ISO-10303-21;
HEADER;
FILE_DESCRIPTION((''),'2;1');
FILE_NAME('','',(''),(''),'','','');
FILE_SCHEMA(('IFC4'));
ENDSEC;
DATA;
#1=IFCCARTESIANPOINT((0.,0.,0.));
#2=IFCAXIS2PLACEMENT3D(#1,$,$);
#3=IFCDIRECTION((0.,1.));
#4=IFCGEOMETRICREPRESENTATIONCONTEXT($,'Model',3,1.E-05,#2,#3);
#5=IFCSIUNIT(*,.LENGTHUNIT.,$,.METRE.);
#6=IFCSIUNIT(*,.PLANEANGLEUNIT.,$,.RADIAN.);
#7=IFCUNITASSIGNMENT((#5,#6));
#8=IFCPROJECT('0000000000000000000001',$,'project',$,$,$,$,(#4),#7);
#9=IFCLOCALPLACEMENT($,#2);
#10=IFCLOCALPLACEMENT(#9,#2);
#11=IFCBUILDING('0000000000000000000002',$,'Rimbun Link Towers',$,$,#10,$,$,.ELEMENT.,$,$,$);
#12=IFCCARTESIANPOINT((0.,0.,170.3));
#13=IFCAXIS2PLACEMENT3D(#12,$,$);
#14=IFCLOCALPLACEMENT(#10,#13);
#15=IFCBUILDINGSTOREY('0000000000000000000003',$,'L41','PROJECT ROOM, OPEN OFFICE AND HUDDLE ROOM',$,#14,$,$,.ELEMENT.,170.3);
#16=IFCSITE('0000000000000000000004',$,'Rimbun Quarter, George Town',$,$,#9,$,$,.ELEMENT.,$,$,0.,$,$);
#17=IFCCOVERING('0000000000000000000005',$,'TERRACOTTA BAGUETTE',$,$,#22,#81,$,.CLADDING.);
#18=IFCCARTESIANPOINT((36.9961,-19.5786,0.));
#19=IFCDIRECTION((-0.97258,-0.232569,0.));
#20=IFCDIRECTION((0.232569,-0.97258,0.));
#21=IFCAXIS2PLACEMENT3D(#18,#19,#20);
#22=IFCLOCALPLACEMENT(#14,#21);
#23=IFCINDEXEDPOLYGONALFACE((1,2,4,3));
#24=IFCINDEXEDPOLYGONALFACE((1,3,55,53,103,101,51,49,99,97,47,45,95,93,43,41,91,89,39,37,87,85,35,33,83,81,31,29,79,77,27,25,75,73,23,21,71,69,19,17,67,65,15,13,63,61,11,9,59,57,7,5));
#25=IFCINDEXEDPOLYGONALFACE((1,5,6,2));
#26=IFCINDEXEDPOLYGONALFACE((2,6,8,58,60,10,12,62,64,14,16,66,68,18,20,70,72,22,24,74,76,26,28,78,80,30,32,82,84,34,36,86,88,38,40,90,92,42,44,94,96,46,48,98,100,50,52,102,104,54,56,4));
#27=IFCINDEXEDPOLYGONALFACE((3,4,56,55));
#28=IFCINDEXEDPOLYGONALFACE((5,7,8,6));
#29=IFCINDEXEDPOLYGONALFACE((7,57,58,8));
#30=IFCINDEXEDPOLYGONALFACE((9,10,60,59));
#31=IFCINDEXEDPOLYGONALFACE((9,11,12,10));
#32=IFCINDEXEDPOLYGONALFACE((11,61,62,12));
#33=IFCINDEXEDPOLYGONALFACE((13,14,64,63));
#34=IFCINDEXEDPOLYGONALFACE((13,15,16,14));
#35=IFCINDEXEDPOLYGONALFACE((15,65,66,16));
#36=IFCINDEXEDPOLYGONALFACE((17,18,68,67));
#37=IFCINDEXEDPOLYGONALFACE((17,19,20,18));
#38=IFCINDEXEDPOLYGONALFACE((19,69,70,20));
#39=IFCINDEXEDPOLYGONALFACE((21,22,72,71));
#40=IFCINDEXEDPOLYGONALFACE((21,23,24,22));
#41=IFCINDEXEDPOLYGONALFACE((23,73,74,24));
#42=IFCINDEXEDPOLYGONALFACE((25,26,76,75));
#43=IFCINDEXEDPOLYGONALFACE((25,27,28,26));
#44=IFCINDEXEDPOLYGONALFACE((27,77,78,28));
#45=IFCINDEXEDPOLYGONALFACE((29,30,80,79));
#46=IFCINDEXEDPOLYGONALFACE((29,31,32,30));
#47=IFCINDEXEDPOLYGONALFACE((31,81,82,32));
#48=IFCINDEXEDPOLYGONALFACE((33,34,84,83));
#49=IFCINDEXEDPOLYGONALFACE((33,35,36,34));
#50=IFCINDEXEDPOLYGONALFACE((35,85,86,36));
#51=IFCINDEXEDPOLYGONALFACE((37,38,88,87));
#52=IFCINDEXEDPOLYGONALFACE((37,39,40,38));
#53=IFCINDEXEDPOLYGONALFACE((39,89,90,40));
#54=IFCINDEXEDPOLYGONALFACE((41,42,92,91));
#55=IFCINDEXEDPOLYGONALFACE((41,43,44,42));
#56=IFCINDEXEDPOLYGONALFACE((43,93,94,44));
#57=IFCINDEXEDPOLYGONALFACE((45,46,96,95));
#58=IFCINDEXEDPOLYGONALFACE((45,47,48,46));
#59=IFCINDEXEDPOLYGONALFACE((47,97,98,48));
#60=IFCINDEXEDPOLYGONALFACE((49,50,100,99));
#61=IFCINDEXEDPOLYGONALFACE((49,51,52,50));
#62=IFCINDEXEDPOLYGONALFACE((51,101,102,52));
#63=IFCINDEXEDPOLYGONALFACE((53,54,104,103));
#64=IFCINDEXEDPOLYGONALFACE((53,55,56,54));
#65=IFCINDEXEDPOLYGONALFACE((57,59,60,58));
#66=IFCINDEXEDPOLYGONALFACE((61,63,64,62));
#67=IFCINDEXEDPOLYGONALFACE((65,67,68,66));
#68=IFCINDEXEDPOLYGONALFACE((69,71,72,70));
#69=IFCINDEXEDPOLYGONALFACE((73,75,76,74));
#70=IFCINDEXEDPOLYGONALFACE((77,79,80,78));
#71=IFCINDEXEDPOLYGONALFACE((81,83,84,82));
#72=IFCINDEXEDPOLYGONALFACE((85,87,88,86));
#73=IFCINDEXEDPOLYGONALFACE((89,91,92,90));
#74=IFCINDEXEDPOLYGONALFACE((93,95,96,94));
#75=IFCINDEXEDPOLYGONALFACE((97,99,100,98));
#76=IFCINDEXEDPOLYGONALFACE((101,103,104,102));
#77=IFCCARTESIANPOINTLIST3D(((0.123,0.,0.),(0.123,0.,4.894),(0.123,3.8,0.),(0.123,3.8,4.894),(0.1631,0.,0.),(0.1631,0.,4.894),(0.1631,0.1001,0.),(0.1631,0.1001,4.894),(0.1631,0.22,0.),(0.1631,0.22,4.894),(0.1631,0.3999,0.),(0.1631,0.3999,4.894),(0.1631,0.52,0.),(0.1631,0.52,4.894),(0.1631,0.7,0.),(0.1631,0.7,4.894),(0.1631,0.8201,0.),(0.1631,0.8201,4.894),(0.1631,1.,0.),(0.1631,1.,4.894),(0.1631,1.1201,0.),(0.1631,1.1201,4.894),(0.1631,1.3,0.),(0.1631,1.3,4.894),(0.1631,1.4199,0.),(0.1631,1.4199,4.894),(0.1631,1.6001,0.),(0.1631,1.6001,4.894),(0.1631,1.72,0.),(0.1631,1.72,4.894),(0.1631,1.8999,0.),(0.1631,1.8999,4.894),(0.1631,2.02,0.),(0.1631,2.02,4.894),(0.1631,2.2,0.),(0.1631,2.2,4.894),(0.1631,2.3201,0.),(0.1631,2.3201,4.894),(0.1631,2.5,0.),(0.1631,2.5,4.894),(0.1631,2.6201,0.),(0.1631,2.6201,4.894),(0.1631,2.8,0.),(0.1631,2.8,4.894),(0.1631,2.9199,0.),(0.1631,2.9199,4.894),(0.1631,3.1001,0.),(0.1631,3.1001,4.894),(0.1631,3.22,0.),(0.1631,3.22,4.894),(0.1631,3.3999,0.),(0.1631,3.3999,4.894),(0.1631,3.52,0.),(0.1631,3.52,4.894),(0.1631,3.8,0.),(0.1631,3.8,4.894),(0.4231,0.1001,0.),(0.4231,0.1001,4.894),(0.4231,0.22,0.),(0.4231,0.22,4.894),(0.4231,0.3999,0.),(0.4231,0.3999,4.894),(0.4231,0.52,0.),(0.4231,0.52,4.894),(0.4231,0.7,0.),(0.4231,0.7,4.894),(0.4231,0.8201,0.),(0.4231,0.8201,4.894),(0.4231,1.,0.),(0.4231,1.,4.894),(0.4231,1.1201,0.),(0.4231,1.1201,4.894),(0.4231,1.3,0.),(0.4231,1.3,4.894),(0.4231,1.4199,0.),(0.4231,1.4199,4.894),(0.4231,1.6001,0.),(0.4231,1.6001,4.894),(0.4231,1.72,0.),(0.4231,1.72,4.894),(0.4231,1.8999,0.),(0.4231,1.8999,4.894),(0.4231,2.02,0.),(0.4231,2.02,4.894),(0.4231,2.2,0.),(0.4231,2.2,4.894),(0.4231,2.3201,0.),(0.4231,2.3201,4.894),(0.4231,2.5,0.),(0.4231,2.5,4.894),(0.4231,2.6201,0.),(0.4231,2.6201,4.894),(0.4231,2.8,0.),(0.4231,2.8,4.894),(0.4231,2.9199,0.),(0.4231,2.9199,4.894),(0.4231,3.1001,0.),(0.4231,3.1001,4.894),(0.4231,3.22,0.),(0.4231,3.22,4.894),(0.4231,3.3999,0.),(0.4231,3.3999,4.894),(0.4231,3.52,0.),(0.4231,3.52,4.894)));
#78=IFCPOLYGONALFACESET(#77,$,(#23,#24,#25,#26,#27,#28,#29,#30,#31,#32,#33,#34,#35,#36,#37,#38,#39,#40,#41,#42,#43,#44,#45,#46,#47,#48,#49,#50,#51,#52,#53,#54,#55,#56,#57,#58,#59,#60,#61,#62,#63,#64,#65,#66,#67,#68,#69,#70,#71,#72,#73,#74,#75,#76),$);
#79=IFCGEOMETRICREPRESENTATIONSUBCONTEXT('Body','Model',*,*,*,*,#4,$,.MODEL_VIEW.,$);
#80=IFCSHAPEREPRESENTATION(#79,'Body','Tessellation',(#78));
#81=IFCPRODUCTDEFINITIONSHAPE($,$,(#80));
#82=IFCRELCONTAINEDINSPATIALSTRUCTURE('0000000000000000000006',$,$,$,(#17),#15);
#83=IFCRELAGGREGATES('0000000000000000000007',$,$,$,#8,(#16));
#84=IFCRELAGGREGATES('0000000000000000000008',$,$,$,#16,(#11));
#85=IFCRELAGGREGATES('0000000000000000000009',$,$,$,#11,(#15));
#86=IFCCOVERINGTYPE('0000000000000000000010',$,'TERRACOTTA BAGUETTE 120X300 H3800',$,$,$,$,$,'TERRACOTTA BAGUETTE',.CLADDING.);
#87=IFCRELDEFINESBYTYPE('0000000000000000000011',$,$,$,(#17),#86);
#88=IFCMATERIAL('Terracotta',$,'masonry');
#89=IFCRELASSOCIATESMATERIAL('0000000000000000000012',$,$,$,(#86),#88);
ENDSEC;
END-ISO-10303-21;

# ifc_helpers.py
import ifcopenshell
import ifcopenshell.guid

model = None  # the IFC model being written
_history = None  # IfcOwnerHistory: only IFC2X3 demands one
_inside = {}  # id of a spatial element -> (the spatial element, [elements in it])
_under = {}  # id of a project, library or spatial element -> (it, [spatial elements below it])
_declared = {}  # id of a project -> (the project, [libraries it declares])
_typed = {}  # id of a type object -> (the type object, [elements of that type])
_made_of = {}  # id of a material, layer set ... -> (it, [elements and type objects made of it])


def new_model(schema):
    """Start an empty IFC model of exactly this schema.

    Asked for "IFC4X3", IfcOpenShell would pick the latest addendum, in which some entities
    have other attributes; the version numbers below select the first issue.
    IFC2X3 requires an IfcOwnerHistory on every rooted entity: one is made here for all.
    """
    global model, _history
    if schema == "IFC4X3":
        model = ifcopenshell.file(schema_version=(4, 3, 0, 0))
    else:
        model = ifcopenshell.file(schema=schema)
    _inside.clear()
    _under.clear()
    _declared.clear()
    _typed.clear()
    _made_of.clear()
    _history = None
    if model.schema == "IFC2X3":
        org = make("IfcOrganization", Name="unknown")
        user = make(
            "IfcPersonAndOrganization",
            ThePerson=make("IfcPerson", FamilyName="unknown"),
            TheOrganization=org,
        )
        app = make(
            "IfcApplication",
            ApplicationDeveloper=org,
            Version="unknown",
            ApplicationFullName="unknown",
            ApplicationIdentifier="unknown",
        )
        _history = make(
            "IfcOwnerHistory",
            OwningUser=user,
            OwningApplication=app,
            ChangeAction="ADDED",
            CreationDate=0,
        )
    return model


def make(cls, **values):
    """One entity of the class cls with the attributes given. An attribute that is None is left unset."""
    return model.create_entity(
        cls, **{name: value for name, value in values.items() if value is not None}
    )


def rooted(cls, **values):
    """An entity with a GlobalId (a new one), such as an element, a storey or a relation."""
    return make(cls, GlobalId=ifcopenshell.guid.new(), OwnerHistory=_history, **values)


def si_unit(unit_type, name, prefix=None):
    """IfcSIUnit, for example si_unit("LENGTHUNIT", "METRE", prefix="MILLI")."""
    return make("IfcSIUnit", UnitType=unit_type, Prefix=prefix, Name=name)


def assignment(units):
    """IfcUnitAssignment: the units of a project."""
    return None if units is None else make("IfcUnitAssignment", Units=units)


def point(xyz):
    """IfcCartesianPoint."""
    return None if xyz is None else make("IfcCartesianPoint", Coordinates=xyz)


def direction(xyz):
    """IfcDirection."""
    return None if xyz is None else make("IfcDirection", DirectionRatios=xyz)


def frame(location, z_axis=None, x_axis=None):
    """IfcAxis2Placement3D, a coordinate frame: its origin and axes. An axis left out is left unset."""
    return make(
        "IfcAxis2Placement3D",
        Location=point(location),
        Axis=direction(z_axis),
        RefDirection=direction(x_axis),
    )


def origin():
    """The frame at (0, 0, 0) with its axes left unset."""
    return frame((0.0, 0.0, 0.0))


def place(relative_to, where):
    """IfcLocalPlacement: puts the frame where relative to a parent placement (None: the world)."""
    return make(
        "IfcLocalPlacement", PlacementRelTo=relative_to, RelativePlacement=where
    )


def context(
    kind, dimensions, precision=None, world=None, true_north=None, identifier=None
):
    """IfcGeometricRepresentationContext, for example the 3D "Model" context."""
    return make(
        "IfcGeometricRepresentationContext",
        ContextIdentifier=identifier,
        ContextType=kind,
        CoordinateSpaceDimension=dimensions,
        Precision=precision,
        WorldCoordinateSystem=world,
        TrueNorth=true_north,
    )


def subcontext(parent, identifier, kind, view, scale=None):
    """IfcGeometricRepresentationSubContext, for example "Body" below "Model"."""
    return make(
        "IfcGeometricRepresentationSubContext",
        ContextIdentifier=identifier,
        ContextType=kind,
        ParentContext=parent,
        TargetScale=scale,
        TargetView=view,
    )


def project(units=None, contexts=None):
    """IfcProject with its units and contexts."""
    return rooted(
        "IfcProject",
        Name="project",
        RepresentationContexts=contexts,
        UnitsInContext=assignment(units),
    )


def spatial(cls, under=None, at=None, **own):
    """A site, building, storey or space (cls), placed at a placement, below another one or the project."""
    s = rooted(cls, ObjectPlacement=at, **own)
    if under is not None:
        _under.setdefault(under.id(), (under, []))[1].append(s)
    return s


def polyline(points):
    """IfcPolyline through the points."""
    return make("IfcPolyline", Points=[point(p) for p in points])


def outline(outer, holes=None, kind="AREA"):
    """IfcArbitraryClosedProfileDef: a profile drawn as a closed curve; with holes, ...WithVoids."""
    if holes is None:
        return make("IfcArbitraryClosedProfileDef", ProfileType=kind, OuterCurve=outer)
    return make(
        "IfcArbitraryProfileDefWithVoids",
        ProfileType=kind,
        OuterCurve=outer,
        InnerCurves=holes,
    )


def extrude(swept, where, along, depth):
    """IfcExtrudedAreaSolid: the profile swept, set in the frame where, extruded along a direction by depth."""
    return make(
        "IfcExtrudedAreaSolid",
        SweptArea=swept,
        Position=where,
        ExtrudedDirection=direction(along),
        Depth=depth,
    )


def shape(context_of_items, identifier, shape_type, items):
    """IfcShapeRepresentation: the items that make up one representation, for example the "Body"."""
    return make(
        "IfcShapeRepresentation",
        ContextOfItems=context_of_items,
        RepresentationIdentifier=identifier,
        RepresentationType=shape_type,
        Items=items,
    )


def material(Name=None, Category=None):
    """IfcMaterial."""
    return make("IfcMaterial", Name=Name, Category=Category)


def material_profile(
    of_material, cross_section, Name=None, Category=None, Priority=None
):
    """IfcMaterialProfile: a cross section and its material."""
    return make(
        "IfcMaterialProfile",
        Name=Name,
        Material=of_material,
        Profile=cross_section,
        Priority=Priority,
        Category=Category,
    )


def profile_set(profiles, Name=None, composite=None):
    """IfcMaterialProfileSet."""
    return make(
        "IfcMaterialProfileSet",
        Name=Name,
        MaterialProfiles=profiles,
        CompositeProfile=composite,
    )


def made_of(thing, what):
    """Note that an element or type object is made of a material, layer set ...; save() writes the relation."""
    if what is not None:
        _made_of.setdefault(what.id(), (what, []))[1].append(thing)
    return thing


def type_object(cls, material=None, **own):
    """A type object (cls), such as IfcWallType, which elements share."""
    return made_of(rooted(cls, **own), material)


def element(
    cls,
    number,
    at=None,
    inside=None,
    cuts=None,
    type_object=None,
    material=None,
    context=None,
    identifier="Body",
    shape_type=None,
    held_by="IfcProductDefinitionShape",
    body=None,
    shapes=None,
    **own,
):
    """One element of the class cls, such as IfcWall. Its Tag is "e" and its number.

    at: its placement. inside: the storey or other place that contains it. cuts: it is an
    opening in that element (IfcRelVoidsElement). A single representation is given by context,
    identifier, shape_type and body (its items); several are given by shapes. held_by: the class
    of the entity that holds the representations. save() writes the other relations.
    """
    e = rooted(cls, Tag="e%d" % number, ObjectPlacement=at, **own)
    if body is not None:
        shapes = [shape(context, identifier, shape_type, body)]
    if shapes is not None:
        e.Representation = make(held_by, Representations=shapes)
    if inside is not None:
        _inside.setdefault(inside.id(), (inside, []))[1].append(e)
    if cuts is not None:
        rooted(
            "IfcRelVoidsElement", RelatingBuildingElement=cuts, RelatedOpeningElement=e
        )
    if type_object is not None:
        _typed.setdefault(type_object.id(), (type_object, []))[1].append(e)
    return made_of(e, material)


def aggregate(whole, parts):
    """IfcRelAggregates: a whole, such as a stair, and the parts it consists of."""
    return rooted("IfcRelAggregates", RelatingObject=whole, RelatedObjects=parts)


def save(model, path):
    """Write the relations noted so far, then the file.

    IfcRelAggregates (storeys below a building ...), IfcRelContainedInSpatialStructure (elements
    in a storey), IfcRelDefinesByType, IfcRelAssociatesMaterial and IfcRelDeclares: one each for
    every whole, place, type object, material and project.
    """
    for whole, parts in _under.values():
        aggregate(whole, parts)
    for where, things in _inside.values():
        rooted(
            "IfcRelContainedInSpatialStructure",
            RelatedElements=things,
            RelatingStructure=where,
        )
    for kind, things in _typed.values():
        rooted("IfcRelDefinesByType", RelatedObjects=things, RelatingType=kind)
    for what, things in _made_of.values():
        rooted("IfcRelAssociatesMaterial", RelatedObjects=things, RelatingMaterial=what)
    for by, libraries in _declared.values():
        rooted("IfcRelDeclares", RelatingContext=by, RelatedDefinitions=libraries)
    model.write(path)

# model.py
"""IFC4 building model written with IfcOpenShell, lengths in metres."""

from ifc_helpers import new_model, si_unit, direction, frame, origin, place, context, subcontext, project, spatial, polyline, outline, extrude, material, material_profile, profile_set, type_object, element, save


model = new_model("IFC4")

# Units and contexts
model_context = context("Model", 3, precision=1e-05, world=origin(), true_north=direction((0.0, 1.0)))
body_context = subcontext(model_context, "Body", "Model", "MODEL_VIEW")
ifc_project = project(units=[si_unit("LENGTHUNIT", "METRE"), si_unit("PLANEANGLEUNIT", "RADIAN")], contexts=[model_context])

# Site, building, storey
site_placement = place(None, origin())
site = spatial("IfcSite", under=ifc_project, at=site_placement, Name="Rimbun Quarter, George Town", CompositionType="ELEMENT", RefElevation=0.0)
building_placement = place(site_placement, origin())
building = spatial("IfcBuilding", under=site, at=building_placement, Name="Rimbun Link Towers", CompositionType="ELEMENT")
storey_placement = place(building_placement, frame((0.0, 0.0, 170.3)))
storey = spatial("IfcBuildingStorey", under=building, at=storey_placement, Name="L41", Description="PROJECT ROOM, OPEN OFFICE AND HUDDLE ROOM", CompositionType="ELEMENT", Elevation=170.3)

# Covering
ifc_material_1 = material(Name="Terracotta", Category="masonry")
ifc_material_profile_1 = material_profile(ifc_material_1, outline(polyline([(0.123, 0.0), (0.1631, 0.0), (0.1631, 0.1001), (0.4231, 0.1001), (0.4231, 0.22), (0.1631, 0.22), (0.1631, 0.3999), (0.4231, 0.3999), (0.4231, 0.52), (0.1631, 0.52), (0.1631, 0.7), (0.4231, 0.7), (0.4231, 0.8201), (0.1631, 0.8201), (0.1631, 1.0), (0.4231, 1.0), (0.4231, 1.1201), (0.1631, 1.1201), (0.1631, 1.3), (0.4231, 1.3), (0.4231, 1.4199), (0.1631, 1.4199), (0.1631, 1.6001), (0.4231, 1.6001), (0.4231, 1.72), (0.1631, 1.72), (0.1631, 1.8999), (0.4231, 1.8999), (0.4231, 2.02), (0.1631, 2.02), (0.1631, 2.2), (0.4231, 2.2), (0.4231, 2.3201), (0.1631, 2.3201), (0.1631, 2.5), (0.4231, 2.5), (0.4231, 2.6201), (0.1631, 2.6201), (0.1631, 2.8), (0.4231, 2.8), (0.4231, 2.9199), (0.1631, 2.9199), (0.1631, 3.1001), (0.4231, 3.1001), (0.4231, 3.22), (0.1631, 3.22), (0.1631, 3.3999), (0.4231, 3.3999), (0.4231, 3.52), (0.1631, 3.52), (0.1631, 3.8), (0.123, 3.8), (0.123, 0.0)])), Name="BAGUETTE 120X300")
ifc_profile_set_1 = profile_set([ifc_material_profile_1], Name="Terracotta")
covering_type = type_object("IfcCoveringType", Name="TERRACOTTA BAGUETTE 120X300 H3800", ElementType="TERRACOTTA BAGUETTE", PredefinedType="CLADDING", material=ifc_profile_set_1)
covering_placement = place(storey_placement, frame((36.9961, -19.5786, 0.0), z_axis=(-0.97258, -0.232569, 0.0), x_axis=(0.232569, -0.97258, 0.0)))
element("IfcCovering", 1, at=covering_placement, inside=storey, type_object=covering_type, Name="TERRACOTTA BAGUETTE", PredefinedType="CLADDING", context=body_context, shape_type="SweptSolid", body=[
    extrude(outline(polyline([(0.123, 0.0), (0.1631, 0.0), (0.1631, 0.1001), (0.4231, 0.1001), (0.4231, 0.22), (0.1631, 0.22), (0.1631, 0.3999), (0.4231, 0.3999), (0.4231, 0.52), (0.1631, 0.52), (0.1631, 0.7), (0.4231, 0.7), (0.4231, 0.8201), (0.1631, 0.8201), (0.1631, 1.0), (0.4231, 1.0), (0.4231, 1.1201), (0.1631, 1.1201), (0.1631, 1.3), (0.4231, 1.3), (0.4231, 1.4199), (0.1631, 1.4199), (0.1631, 1.6001), (0.4231, 1.6001), (0.4231, 1.72), (0.1631, 1.72), (0.1631, 1.8999), (0.4231, 1.8999), (0.4231, 2.02), (0.1631, 2.02), (0.1631, 2.2), (0.4231, 2.2), (0.4231, 2.3201), (0.1631, 2.3201), (0.1631, 2.5), (0.4231, 2.5), (0.4231, 2.6201), (0.1631, 2.6201), (0.1631, 2.8), (0.4231, 2.8), (0.4231, 2.9199), (0.1631, 2.9199), (0.1631, 3.1001), (0.4231, 3.1001), (0.4231, 3.22), (0.1631, 3.22), (0.1631, 3.3999), (0.4231, 3.3999), (0.4231, 3.52), (0.1631, 3.52), (0.1631, 3.8), (0.123, 3.8), (0.123, 0.0)])), origin(), (0.0, 0.0, 1.0), 4.894),
])

save(model, "model.ifc")
